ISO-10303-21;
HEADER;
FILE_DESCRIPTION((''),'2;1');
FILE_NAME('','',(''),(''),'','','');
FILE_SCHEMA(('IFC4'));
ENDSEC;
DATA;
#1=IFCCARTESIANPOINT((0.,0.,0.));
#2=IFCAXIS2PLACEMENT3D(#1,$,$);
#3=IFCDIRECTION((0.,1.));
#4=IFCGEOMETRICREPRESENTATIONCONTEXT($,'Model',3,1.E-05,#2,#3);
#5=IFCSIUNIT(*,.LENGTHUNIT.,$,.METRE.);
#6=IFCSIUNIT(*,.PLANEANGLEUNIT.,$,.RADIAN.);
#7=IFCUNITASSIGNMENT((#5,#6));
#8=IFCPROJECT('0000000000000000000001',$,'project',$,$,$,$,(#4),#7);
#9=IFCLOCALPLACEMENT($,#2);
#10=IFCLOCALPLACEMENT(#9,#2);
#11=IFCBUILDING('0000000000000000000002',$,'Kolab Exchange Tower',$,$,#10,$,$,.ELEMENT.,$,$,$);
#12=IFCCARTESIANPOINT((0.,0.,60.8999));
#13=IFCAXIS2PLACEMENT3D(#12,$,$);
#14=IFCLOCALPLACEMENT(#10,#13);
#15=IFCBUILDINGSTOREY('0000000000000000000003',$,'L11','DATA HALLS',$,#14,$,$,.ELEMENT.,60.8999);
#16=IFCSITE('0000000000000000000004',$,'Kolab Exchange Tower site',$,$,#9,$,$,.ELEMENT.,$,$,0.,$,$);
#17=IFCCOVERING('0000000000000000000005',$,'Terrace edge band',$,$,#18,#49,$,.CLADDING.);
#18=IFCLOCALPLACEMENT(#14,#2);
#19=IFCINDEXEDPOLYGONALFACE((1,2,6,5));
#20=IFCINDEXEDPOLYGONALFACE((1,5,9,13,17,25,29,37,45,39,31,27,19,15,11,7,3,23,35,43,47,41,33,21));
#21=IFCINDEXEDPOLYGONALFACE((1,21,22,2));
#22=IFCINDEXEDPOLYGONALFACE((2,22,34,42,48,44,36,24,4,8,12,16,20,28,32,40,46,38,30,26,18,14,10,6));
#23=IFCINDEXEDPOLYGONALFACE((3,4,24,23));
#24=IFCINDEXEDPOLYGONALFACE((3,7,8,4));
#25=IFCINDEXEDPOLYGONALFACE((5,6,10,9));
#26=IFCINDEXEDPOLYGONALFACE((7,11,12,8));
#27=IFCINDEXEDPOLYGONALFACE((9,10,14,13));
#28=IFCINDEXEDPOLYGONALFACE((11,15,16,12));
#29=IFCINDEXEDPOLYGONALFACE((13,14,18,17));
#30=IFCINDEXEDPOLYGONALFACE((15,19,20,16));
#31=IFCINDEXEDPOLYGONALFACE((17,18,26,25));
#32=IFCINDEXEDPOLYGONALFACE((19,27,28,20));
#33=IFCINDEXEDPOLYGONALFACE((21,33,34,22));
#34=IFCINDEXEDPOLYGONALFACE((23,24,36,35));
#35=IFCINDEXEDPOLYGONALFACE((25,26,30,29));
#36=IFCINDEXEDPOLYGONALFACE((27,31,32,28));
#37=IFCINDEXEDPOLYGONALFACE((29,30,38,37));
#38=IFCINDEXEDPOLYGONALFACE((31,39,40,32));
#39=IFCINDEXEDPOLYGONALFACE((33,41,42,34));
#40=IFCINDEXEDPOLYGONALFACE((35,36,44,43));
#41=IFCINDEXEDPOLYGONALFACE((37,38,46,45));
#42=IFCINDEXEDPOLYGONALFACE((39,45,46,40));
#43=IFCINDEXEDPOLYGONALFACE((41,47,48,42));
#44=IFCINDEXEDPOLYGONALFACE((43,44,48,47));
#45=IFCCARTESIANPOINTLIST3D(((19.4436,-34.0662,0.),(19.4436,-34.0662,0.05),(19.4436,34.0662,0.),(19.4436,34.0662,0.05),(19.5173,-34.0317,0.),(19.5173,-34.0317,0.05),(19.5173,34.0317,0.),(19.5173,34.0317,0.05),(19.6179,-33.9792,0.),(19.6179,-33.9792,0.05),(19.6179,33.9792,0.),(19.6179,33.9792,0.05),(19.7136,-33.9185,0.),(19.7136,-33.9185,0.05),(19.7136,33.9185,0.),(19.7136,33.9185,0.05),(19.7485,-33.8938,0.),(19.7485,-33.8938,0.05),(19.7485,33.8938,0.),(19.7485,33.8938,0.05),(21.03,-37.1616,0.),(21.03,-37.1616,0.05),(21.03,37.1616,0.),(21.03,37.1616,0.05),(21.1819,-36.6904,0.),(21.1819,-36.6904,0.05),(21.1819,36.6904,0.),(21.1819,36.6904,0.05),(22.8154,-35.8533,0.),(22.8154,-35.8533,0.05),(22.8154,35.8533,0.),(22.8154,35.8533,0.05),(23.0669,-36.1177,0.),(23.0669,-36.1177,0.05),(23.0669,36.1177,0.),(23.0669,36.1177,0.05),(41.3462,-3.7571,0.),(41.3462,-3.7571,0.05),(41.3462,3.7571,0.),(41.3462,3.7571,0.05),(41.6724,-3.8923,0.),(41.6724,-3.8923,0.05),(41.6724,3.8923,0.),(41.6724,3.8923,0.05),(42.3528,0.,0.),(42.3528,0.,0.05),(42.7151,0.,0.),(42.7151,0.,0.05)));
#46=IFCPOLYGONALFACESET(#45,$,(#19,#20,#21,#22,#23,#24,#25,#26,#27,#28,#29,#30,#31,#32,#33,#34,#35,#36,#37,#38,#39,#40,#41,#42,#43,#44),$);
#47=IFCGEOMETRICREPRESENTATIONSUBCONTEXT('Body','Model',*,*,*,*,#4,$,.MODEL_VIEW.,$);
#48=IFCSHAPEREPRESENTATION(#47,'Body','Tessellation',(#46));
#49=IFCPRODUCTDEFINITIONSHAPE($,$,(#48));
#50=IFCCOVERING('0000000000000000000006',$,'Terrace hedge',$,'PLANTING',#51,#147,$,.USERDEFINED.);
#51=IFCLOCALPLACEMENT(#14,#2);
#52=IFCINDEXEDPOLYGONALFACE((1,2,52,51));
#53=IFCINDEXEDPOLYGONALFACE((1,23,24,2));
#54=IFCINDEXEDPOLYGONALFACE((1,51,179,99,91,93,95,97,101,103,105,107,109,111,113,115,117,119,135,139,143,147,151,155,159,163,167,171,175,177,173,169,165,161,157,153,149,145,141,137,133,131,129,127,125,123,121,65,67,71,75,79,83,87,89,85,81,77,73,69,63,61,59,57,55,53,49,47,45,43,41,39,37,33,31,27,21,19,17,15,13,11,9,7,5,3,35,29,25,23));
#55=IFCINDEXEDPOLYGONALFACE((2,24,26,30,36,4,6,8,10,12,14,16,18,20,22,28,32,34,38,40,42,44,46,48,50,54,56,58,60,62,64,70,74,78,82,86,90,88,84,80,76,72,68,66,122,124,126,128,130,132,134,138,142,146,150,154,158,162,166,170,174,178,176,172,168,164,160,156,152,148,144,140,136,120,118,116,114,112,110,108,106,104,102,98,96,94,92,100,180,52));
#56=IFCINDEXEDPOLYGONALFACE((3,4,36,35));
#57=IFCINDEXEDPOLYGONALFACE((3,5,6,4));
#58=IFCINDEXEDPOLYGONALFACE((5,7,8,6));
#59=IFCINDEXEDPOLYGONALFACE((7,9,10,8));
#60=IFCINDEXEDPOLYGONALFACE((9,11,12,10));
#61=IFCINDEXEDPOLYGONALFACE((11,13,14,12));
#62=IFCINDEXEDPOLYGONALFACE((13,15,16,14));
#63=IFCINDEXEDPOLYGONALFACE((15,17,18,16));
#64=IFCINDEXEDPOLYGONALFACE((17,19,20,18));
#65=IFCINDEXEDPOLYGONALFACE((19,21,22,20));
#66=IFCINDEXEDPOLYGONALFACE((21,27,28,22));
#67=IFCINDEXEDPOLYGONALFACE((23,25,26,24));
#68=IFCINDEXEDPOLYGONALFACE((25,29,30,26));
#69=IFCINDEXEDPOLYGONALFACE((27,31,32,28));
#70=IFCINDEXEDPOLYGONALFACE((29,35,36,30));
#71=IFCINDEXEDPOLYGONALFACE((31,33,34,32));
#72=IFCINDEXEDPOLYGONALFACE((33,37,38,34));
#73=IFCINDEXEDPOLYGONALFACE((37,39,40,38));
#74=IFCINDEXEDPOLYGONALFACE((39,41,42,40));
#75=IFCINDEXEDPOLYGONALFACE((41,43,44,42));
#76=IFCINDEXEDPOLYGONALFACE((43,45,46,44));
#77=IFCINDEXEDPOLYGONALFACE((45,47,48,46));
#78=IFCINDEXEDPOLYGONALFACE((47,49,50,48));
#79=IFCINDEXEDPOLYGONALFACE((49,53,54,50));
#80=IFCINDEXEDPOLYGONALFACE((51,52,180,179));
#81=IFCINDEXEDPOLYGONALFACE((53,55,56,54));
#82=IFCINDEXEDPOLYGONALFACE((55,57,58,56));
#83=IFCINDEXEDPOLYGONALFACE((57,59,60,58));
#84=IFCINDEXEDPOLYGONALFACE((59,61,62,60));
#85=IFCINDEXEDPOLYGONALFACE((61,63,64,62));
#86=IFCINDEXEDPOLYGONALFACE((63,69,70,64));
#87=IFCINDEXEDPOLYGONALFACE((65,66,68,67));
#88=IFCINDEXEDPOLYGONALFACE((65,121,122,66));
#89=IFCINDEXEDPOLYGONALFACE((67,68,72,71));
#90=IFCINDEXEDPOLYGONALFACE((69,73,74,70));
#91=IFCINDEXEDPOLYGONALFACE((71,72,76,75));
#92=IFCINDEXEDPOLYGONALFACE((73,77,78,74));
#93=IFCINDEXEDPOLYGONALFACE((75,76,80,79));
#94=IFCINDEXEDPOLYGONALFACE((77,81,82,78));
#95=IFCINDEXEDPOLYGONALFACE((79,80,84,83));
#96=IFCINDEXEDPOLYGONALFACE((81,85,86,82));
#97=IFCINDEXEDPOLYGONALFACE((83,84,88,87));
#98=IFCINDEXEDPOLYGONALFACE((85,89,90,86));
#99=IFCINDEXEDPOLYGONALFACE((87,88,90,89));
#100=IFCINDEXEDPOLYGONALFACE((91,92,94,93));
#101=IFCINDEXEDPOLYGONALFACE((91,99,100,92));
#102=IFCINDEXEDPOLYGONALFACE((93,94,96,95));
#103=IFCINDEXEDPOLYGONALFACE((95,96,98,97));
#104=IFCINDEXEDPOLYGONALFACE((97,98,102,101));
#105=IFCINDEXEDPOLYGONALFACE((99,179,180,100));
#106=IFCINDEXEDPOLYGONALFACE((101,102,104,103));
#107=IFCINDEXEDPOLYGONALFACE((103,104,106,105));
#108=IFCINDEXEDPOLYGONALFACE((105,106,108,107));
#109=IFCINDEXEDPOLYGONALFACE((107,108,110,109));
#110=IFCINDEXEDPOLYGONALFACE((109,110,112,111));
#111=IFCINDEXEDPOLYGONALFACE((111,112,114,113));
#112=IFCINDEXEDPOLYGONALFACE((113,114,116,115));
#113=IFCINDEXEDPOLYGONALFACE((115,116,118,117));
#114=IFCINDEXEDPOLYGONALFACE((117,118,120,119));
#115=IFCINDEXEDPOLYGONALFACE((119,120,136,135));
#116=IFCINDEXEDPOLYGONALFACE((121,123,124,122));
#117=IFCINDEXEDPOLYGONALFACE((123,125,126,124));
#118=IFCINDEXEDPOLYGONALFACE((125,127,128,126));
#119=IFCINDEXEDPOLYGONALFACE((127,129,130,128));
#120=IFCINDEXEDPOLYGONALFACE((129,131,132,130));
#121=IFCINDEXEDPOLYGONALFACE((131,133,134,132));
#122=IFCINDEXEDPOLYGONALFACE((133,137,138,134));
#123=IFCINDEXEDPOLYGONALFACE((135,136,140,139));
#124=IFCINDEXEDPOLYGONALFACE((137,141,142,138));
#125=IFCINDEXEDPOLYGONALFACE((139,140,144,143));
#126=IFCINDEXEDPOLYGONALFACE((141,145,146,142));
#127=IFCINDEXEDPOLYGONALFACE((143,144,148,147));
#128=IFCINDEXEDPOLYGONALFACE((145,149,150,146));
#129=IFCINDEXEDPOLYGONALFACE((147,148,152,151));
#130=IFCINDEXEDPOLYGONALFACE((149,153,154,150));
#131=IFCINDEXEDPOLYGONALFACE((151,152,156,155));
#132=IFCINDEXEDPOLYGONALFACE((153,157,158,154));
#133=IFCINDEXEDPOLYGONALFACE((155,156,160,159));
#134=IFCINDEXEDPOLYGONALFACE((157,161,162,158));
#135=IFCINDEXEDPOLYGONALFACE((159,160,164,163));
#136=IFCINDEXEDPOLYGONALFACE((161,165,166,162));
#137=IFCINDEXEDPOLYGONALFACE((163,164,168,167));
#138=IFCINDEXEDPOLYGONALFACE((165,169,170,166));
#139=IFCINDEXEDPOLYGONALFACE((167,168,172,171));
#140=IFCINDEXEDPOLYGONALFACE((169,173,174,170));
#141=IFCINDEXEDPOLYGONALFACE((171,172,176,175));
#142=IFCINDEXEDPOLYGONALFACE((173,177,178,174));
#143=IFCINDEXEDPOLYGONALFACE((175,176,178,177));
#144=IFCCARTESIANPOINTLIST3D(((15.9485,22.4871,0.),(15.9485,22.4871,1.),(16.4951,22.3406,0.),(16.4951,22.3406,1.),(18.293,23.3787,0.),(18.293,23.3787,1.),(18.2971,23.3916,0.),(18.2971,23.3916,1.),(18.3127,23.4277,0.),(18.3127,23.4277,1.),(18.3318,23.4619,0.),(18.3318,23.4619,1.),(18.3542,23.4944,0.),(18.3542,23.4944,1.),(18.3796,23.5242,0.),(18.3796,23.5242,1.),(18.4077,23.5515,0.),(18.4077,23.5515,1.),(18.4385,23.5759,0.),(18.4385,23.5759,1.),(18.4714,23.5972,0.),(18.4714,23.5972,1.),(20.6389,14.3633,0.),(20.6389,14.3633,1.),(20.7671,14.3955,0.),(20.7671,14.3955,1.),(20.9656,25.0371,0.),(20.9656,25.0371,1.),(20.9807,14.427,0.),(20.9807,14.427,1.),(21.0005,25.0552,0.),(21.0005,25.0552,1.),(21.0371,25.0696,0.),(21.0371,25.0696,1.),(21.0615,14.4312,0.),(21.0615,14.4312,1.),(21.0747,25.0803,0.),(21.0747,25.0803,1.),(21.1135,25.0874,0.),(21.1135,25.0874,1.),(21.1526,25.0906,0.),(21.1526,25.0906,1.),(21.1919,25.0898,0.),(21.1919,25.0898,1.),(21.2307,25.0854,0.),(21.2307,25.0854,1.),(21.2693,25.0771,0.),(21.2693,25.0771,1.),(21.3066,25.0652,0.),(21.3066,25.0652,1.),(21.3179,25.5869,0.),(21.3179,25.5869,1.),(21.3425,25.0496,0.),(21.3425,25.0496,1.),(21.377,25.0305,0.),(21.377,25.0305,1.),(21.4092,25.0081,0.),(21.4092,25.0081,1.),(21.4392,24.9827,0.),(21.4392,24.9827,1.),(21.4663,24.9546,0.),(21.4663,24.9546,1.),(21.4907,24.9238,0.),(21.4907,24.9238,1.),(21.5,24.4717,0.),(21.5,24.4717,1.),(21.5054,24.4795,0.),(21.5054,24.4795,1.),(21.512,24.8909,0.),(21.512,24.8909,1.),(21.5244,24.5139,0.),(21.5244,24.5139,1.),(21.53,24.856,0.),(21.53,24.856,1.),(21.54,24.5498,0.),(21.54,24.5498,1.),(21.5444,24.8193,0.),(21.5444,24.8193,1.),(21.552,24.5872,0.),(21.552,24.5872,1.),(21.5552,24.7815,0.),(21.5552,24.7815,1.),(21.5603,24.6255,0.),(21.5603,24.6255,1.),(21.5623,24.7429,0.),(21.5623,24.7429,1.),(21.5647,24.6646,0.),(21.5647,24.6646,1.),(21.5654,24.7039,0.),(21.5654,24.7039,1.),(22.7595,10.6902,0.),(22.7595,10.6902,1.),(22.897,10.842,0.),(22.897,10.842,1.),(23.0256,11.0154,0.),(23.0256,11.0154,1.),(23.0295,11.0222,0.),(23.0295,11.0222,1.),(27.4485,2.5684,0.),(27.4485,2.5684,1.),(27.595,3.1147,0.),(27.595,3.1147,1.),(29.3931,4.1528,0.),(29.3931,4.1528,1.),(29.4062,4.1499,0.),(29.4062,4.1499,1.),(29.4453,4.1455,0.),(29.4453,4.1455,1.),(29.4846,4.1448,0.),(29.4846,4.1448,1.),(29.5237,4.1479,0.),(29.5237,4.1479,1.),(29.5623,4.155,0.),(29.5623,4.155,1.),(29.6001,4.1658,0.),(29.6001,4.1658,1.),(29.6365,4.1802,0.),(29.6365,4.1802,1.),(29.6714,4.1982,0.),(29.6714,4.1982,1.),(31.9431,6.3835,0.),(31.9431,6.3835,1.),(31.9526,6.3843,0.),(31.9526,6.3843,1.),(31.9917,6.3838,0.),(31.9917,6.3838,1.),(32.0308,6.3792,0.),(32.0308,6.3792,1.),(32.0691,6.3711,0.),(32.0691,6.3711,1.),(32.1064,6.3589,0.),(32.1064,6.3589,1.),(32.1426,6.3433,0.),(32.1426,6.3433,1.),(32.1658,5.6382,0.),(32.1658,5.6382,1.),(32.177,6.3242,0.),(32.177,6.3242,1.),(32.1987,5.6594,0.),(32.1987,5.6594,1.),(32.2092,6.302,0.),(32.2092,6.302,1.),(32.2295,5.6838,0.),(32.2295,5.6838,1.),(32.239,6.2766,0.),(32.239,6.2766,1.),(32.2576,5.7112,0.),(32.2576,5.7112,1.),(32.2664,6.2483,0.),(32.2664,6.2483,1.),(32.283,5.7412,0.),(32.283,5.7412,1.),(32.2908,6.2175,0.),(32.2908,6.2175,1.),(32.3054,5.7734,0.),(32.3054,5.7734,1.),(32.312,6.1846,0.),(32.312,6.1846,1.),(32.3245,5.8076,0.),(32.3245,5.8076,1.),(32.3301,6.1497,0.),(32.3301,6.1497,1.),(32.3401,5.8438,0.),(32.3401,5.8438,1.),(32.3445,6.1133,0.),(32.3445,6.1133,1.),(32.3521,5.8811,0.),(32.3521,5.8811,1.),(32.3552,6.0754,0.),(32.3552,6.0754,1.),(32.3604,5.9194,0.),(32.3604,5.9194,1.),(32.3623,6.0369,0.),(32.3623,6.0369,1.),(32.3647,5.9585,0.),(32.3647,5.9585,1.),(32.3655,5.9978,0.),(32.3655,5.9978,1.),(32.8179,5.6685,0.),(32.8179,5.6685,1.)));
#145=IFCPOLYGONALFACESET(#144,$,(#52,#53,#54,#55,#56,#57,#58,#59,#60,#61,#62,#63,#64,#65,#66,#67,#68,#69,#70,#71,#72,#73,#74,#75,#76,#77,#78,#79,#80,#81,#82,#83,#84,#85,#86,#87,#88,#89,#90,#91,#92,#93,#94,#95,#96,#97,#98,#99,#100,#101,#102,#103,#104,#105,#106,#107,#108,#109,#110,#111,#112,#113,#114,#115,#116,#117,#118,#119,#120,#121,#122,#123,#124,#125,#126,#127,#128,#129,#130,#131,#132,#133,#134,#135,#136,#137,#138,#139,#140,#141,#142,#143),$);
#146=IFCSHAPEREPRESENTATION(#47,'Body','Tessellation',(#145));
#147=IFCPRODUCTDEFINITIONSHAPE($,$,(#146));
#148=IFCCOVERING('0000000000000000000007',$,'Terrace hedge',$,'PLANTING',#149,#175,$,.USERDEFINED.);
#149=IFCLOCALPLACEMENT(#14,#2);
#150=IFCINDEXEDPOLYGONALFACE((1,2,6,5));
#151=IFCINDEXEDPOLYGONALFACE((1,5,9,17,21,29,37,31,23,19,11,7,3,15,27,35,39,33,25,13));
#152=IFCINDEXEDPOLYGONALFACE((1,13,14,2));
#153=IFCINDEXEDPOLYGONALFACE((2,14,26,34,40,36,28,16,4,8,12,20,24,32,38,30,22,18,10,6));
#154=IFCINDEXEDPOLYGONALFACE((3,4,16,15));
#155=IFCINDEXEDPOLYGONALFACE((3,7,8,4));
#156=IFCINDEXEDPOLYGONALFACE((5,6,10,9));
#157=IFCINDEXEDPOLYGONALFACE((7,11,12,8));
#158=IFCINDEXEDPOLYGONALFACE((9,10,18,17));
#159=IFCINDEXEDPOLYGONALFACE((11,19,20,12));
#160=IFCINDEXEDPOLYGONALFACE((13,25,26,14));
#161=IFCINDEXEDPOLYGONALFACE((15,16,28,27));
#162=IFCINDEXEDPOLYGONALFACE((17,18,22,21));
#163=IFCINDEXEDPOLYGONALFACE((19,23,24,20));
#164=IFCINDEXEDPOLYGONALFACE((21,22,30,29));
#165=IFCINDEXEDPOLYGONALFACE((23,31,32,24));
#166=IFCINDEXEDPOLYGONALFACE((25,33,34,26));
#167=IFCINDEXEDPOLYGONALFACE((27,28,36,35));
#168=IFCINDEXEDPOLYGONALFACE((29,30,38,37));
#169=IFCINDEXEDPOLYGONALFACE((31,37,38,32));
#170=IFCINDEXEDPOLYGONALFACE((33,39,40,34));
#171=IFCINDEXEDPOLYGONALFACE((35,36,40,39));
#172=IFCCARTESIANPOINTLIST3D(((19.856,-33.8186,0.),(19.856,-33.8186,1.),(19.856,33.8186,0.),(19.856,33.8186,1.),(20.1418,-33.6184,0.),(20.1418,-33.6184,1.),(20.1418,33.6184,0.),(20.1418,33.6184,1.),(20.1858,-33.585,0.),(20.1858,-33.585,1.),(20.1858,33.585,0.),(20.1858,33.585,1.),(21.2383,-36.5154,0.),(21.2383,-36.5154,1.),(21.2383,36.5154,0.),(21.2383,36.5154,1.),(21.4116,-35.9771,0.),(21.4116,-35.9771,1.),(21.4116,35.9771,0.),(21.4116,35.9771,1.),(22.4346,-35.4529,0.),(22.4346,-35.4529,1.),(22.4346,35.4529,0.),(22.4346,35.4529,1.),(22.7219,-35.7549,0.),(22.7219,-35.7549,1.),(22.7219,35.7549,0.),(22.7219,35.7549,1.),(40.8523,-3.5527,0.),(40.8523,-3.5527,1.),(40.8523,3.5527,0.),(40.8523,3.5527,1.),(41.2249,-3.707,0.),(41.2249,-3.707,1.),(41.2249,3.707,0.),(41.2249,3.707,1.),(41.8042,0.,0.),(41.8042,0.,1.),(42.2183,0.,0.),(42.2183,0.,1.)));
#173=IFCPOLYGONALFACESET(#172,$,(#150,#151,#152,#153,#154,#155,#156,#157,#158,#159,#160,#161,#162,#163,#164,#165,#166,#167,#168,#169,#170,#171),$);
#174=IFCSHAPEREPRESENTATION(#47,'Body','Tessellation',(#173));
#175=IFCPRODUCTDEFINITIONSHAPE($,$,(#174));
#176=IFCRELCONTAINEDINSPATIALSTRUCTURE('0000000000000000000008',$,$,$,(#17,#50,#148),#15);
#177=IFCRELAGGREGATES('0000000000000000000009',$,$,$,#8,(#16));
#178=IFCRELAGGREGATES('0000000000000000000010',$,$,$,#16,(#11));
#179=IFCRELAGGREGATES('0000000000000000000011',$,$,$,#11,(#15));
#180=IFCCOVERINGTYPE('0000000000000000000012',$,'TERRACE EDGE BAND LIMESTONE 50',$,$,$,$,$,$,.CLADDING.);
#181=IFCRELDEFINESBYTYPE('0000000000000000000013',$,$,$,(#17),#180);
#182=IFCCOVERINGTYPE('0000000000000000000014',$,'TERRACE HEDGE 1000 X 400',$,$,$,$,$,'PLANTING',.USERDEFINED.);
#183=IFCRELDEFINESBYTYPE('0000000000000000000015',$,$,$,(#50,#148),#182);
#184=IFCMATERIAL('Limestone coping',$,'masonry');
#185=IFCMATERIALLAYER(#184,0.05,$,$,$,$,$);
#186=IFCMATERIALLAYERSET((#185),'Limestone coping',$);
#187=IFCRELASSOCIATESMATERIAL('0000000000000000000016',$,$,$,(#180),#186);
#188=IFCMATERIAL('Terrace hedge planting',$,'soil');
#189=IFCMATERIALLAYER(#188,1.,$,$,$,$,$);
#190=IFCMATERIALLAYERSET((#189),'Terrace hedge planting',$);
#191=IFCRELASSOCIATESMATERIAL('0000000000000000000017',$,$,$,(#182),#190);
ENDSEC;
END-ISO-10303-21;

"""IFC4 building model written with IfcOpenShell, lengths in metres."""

from ifc_helpers import new_model, si_unit, direction, frame, origin, place, context, subcontext, project, spatial, polyline, outline, extrude, material, layer, layer_set, type_object, element, save


model = new_model("IFC4")

# Units and contexts
model_context = context("Model", 3, precision=1e-05, world=origin(), true_north=direction((0.0, 1.0)))
body_context = subcontext(model_context, "Body", "Model", "MODEL_VIEW")
ifc_project = project(units=[si_unit("LENGTHUNIT", "METRE"), si_unit("PLANEANGLEUNIT", "RADIAN")], contexts=[model_context])

# Site, building, storey
site_placement = place(None, origin())
site = spatial("IfcSite", under=ifc_project, at=site_placement, Name="Kolab Exchange Tower site", CompositionType="ELEMENT", RefElevation=0.0)
building_placement = place(site_placement, origin())
building = spatial("IfcBuilding", under=site, at=building_placement, Name="Kolab Exchange Tower", CompositionType="ELEMENT")
storey_placement = place(building_placement, frame((0.0, 0.0, 60.8999)))
storey = spatial("IfcBuildingStorey", under=building, at=storey_placement, Name="L11", Description="DATA HALLS", CompositionType="ELEMENT", Elevation=60.8999)

# Coverings
ifc_material_1 = material(Name="Limestone coping", Category="masonry")
ifc_layer_1 = layer(ifc_material_1, 0.05)
ifc_layer_set_1 = layer_set([ifc_layer_1], Name="Limestone coping")
covering_type_1 = type_object("IfcCoveringType", Name="TERRACE EDGE BAND LIMESTONE 50", PredefinedType="CLADDING", material=ifc_layer_set_1)
covering_1_placement = place(storey_placement, origin())
element("IfcCovering", 1, at=covering_1_placement, inside=storey, type_object=covering_type_1, Name="Terrace edge band", PredefinedType="CLADDING", context=body_context, shape_type="SweptSolid", body=[
    extrude(outline(polyline([(23.0669, 36.1177), (41.6724, 3.8923), (42.7151, 0.0), (41.6724, -3.8923), (23.0669, -36.1177), (21.03, -37.1616), (19.4436, -34.0662), (19.5173, -34.0317), (19.6179, -33.9792), (19.7136, -33.9185), (19.7485, -33.8938), (21.1819, -36.6904), (22.8154, -35.8533), (41.3462, -3.7571), (42.3528, 0.0), (41.3462, 3.7571), (22.8154, 35.8533), (21.1819, 36.6904), (19.7485, 33.8938), (19.7136, 33.9185), (19.6179, 33.9792), (19.5173, 34.0317), (19.4436, 34.0662), (21.03, 37.1616), (23.0669, 36.1177)])), origin(), (0.0, 0.0, 1.0), 0.05),
])
ifc_material_2 = material(Name="Terrace hedge planting", Category="soil")
ifc_layer_2 = layer(ifc_material_2, 1.0)
ifc_layer_set_2 = layer_set([ifc_layer_2], Name="Terrace hedge planting")
covering_type_2 = type_object("IfcCoveringType", Name="TERRACE HEDGE 1000 X 400", ElementType="PLANTING", PredefinedType="USERDEFINED", material=ifc_layer_set_2)
covering_2_placement = place(storey_placement, origin())
element("IfcCovering", 2, at=covering_2_placement, inside=storey, type_object=covering_type_2, Name="Terrace hedge", ObjectType="PLANTING", PredefinedType="USERDEFINED", context=body_context, shape_type="SweptSolid", body=[
    extrude(outline(polyline([(32.8179, 5.6685), (27.4485, 2.5684), (22.7595, 10.6902), (22.897, 10.842), (23.0256, 11.0154), (23.0295, 11.0222), (27.595, 3.1147), (29.3931, 4.1528), (29.4062, 4.1499), (29.4453, 4.1455), (29.4846, 4.1448), (29.5237, 4.1479), (29.5623, 4.155), (29.6001, 4.1658), (29.6365, 4.1802), (29.6714, 4.1982), (32.1658, 5.6382), (32.1987, 5.6594), (32.2295, 5.6838), (32.2576, 5.7112), (32.283, 5.7412), (32.3054, 5.7734), (32.3245, 5.8076), (32.3401, 5.8438), (32.3521, 5.8811), (32.3604, 5.9194), (32.3647, 5.9585), (32.3655, 5.9978), (32.3623, 6.0369), (32.3552, 6.0754), (32.3445, 6.1133), (32.3301, 6.1497), (32.312, 6.1846), (32.2908, 6.2175), (32.2664, 6.2483), (32.239, 6.2766), (32.2092, 6.302), (32.177, 6.3242), (32.1426, 6.3433), (32.1064, 6.3589), (32.0691, 6.3711), (32.0308, 6.3792), (31.9917, 6.3838), (31.9526, 6.3843), (31.9431, 6.3835), (21.5, 24.4717), (21.5054, 24.4795), (21.5244, 24.5139), (21.54, 24.5498), (21.552, 24.5872), (21.5603, 24.6255), (21.5647, 24.6646), (21.5654, 24.7039), (21.5623, 24.7429), (21.5552, 24.7815), (21.5444, 24.8193), (21.53, 24.856), (21.512, 24.8909), (21.4907, 24.9238), (21.4663, 24.9546), (21.4392, 24.9827), (21.4092, 25.0081), (21.377, 25.0305), (21.3425, 25.0496), (21.3066, 25.0652), (21.2693, 25.0771), (21.2307, 25.0854), (21.1919, 25.0898), (21.1526, 25.0906), (21.1135, 25.0874), (21.0747, 25.0803), (21.0371, 25.0696), (21.0005, 25.0552), (20.9656, 25.0371), (18.4714, 23.5972), (18.4385, 23.5759), (18.4077, 23.5515), (18.3796, 23.5242), (18.3542, 23.4944), (18.3318, 23.4619), (18.3127, 23.4277), (18.2971, 23.3916), (18.293, 23.3787), (16.4951, 22.3406), (21.0615, 14.4312), (20.9807, 14.427), (20.7671, 14.3955), (20.6389, 14.3633), (15.9485, 22.4871), (21.3179, 25.5869), (32.8179, 5.6685)])), origin(), (0.0, 0.0, 1.0), 1.0),
])
covering_3_placement = place(storey_placement, origin())
element("IfcCovering", 3, at=covering_3_placement, inside=storey, type_object=covering_type_2, Name="Terrace hedge", ObjectType="PLANTING", PredefinedType="USERDEFINED", context=body_context, shape_type="SweptSolid", body=[
    extrude(outline(polyline([(22.7219, 35.7549), (41.2249, 3.707), (42.2183, 0.0), (41.2249, -3.707), (22.7219, -35.7549), (21.2383, -36.5154), (19.856, -33.8186), (20.1418, -33.6184), (20.1858, -33.585), (21.4116, -35.9771), (22.4346, -35.4529), (40.8523, -3.5527), (41.8042, 0.0), (40.8523, 3.5527), (22.4346, 35.4529), (21.4116, 35.9771), (20.1858, 33.585), (20.1418, 33.6184), (19.856, 33.8186), (21.2383, 36.5154), (22.7219, 35.7549)])), origin(), (0.0, 0.0, 1.0), 1.0),
])

save(model, "model.ifc")
